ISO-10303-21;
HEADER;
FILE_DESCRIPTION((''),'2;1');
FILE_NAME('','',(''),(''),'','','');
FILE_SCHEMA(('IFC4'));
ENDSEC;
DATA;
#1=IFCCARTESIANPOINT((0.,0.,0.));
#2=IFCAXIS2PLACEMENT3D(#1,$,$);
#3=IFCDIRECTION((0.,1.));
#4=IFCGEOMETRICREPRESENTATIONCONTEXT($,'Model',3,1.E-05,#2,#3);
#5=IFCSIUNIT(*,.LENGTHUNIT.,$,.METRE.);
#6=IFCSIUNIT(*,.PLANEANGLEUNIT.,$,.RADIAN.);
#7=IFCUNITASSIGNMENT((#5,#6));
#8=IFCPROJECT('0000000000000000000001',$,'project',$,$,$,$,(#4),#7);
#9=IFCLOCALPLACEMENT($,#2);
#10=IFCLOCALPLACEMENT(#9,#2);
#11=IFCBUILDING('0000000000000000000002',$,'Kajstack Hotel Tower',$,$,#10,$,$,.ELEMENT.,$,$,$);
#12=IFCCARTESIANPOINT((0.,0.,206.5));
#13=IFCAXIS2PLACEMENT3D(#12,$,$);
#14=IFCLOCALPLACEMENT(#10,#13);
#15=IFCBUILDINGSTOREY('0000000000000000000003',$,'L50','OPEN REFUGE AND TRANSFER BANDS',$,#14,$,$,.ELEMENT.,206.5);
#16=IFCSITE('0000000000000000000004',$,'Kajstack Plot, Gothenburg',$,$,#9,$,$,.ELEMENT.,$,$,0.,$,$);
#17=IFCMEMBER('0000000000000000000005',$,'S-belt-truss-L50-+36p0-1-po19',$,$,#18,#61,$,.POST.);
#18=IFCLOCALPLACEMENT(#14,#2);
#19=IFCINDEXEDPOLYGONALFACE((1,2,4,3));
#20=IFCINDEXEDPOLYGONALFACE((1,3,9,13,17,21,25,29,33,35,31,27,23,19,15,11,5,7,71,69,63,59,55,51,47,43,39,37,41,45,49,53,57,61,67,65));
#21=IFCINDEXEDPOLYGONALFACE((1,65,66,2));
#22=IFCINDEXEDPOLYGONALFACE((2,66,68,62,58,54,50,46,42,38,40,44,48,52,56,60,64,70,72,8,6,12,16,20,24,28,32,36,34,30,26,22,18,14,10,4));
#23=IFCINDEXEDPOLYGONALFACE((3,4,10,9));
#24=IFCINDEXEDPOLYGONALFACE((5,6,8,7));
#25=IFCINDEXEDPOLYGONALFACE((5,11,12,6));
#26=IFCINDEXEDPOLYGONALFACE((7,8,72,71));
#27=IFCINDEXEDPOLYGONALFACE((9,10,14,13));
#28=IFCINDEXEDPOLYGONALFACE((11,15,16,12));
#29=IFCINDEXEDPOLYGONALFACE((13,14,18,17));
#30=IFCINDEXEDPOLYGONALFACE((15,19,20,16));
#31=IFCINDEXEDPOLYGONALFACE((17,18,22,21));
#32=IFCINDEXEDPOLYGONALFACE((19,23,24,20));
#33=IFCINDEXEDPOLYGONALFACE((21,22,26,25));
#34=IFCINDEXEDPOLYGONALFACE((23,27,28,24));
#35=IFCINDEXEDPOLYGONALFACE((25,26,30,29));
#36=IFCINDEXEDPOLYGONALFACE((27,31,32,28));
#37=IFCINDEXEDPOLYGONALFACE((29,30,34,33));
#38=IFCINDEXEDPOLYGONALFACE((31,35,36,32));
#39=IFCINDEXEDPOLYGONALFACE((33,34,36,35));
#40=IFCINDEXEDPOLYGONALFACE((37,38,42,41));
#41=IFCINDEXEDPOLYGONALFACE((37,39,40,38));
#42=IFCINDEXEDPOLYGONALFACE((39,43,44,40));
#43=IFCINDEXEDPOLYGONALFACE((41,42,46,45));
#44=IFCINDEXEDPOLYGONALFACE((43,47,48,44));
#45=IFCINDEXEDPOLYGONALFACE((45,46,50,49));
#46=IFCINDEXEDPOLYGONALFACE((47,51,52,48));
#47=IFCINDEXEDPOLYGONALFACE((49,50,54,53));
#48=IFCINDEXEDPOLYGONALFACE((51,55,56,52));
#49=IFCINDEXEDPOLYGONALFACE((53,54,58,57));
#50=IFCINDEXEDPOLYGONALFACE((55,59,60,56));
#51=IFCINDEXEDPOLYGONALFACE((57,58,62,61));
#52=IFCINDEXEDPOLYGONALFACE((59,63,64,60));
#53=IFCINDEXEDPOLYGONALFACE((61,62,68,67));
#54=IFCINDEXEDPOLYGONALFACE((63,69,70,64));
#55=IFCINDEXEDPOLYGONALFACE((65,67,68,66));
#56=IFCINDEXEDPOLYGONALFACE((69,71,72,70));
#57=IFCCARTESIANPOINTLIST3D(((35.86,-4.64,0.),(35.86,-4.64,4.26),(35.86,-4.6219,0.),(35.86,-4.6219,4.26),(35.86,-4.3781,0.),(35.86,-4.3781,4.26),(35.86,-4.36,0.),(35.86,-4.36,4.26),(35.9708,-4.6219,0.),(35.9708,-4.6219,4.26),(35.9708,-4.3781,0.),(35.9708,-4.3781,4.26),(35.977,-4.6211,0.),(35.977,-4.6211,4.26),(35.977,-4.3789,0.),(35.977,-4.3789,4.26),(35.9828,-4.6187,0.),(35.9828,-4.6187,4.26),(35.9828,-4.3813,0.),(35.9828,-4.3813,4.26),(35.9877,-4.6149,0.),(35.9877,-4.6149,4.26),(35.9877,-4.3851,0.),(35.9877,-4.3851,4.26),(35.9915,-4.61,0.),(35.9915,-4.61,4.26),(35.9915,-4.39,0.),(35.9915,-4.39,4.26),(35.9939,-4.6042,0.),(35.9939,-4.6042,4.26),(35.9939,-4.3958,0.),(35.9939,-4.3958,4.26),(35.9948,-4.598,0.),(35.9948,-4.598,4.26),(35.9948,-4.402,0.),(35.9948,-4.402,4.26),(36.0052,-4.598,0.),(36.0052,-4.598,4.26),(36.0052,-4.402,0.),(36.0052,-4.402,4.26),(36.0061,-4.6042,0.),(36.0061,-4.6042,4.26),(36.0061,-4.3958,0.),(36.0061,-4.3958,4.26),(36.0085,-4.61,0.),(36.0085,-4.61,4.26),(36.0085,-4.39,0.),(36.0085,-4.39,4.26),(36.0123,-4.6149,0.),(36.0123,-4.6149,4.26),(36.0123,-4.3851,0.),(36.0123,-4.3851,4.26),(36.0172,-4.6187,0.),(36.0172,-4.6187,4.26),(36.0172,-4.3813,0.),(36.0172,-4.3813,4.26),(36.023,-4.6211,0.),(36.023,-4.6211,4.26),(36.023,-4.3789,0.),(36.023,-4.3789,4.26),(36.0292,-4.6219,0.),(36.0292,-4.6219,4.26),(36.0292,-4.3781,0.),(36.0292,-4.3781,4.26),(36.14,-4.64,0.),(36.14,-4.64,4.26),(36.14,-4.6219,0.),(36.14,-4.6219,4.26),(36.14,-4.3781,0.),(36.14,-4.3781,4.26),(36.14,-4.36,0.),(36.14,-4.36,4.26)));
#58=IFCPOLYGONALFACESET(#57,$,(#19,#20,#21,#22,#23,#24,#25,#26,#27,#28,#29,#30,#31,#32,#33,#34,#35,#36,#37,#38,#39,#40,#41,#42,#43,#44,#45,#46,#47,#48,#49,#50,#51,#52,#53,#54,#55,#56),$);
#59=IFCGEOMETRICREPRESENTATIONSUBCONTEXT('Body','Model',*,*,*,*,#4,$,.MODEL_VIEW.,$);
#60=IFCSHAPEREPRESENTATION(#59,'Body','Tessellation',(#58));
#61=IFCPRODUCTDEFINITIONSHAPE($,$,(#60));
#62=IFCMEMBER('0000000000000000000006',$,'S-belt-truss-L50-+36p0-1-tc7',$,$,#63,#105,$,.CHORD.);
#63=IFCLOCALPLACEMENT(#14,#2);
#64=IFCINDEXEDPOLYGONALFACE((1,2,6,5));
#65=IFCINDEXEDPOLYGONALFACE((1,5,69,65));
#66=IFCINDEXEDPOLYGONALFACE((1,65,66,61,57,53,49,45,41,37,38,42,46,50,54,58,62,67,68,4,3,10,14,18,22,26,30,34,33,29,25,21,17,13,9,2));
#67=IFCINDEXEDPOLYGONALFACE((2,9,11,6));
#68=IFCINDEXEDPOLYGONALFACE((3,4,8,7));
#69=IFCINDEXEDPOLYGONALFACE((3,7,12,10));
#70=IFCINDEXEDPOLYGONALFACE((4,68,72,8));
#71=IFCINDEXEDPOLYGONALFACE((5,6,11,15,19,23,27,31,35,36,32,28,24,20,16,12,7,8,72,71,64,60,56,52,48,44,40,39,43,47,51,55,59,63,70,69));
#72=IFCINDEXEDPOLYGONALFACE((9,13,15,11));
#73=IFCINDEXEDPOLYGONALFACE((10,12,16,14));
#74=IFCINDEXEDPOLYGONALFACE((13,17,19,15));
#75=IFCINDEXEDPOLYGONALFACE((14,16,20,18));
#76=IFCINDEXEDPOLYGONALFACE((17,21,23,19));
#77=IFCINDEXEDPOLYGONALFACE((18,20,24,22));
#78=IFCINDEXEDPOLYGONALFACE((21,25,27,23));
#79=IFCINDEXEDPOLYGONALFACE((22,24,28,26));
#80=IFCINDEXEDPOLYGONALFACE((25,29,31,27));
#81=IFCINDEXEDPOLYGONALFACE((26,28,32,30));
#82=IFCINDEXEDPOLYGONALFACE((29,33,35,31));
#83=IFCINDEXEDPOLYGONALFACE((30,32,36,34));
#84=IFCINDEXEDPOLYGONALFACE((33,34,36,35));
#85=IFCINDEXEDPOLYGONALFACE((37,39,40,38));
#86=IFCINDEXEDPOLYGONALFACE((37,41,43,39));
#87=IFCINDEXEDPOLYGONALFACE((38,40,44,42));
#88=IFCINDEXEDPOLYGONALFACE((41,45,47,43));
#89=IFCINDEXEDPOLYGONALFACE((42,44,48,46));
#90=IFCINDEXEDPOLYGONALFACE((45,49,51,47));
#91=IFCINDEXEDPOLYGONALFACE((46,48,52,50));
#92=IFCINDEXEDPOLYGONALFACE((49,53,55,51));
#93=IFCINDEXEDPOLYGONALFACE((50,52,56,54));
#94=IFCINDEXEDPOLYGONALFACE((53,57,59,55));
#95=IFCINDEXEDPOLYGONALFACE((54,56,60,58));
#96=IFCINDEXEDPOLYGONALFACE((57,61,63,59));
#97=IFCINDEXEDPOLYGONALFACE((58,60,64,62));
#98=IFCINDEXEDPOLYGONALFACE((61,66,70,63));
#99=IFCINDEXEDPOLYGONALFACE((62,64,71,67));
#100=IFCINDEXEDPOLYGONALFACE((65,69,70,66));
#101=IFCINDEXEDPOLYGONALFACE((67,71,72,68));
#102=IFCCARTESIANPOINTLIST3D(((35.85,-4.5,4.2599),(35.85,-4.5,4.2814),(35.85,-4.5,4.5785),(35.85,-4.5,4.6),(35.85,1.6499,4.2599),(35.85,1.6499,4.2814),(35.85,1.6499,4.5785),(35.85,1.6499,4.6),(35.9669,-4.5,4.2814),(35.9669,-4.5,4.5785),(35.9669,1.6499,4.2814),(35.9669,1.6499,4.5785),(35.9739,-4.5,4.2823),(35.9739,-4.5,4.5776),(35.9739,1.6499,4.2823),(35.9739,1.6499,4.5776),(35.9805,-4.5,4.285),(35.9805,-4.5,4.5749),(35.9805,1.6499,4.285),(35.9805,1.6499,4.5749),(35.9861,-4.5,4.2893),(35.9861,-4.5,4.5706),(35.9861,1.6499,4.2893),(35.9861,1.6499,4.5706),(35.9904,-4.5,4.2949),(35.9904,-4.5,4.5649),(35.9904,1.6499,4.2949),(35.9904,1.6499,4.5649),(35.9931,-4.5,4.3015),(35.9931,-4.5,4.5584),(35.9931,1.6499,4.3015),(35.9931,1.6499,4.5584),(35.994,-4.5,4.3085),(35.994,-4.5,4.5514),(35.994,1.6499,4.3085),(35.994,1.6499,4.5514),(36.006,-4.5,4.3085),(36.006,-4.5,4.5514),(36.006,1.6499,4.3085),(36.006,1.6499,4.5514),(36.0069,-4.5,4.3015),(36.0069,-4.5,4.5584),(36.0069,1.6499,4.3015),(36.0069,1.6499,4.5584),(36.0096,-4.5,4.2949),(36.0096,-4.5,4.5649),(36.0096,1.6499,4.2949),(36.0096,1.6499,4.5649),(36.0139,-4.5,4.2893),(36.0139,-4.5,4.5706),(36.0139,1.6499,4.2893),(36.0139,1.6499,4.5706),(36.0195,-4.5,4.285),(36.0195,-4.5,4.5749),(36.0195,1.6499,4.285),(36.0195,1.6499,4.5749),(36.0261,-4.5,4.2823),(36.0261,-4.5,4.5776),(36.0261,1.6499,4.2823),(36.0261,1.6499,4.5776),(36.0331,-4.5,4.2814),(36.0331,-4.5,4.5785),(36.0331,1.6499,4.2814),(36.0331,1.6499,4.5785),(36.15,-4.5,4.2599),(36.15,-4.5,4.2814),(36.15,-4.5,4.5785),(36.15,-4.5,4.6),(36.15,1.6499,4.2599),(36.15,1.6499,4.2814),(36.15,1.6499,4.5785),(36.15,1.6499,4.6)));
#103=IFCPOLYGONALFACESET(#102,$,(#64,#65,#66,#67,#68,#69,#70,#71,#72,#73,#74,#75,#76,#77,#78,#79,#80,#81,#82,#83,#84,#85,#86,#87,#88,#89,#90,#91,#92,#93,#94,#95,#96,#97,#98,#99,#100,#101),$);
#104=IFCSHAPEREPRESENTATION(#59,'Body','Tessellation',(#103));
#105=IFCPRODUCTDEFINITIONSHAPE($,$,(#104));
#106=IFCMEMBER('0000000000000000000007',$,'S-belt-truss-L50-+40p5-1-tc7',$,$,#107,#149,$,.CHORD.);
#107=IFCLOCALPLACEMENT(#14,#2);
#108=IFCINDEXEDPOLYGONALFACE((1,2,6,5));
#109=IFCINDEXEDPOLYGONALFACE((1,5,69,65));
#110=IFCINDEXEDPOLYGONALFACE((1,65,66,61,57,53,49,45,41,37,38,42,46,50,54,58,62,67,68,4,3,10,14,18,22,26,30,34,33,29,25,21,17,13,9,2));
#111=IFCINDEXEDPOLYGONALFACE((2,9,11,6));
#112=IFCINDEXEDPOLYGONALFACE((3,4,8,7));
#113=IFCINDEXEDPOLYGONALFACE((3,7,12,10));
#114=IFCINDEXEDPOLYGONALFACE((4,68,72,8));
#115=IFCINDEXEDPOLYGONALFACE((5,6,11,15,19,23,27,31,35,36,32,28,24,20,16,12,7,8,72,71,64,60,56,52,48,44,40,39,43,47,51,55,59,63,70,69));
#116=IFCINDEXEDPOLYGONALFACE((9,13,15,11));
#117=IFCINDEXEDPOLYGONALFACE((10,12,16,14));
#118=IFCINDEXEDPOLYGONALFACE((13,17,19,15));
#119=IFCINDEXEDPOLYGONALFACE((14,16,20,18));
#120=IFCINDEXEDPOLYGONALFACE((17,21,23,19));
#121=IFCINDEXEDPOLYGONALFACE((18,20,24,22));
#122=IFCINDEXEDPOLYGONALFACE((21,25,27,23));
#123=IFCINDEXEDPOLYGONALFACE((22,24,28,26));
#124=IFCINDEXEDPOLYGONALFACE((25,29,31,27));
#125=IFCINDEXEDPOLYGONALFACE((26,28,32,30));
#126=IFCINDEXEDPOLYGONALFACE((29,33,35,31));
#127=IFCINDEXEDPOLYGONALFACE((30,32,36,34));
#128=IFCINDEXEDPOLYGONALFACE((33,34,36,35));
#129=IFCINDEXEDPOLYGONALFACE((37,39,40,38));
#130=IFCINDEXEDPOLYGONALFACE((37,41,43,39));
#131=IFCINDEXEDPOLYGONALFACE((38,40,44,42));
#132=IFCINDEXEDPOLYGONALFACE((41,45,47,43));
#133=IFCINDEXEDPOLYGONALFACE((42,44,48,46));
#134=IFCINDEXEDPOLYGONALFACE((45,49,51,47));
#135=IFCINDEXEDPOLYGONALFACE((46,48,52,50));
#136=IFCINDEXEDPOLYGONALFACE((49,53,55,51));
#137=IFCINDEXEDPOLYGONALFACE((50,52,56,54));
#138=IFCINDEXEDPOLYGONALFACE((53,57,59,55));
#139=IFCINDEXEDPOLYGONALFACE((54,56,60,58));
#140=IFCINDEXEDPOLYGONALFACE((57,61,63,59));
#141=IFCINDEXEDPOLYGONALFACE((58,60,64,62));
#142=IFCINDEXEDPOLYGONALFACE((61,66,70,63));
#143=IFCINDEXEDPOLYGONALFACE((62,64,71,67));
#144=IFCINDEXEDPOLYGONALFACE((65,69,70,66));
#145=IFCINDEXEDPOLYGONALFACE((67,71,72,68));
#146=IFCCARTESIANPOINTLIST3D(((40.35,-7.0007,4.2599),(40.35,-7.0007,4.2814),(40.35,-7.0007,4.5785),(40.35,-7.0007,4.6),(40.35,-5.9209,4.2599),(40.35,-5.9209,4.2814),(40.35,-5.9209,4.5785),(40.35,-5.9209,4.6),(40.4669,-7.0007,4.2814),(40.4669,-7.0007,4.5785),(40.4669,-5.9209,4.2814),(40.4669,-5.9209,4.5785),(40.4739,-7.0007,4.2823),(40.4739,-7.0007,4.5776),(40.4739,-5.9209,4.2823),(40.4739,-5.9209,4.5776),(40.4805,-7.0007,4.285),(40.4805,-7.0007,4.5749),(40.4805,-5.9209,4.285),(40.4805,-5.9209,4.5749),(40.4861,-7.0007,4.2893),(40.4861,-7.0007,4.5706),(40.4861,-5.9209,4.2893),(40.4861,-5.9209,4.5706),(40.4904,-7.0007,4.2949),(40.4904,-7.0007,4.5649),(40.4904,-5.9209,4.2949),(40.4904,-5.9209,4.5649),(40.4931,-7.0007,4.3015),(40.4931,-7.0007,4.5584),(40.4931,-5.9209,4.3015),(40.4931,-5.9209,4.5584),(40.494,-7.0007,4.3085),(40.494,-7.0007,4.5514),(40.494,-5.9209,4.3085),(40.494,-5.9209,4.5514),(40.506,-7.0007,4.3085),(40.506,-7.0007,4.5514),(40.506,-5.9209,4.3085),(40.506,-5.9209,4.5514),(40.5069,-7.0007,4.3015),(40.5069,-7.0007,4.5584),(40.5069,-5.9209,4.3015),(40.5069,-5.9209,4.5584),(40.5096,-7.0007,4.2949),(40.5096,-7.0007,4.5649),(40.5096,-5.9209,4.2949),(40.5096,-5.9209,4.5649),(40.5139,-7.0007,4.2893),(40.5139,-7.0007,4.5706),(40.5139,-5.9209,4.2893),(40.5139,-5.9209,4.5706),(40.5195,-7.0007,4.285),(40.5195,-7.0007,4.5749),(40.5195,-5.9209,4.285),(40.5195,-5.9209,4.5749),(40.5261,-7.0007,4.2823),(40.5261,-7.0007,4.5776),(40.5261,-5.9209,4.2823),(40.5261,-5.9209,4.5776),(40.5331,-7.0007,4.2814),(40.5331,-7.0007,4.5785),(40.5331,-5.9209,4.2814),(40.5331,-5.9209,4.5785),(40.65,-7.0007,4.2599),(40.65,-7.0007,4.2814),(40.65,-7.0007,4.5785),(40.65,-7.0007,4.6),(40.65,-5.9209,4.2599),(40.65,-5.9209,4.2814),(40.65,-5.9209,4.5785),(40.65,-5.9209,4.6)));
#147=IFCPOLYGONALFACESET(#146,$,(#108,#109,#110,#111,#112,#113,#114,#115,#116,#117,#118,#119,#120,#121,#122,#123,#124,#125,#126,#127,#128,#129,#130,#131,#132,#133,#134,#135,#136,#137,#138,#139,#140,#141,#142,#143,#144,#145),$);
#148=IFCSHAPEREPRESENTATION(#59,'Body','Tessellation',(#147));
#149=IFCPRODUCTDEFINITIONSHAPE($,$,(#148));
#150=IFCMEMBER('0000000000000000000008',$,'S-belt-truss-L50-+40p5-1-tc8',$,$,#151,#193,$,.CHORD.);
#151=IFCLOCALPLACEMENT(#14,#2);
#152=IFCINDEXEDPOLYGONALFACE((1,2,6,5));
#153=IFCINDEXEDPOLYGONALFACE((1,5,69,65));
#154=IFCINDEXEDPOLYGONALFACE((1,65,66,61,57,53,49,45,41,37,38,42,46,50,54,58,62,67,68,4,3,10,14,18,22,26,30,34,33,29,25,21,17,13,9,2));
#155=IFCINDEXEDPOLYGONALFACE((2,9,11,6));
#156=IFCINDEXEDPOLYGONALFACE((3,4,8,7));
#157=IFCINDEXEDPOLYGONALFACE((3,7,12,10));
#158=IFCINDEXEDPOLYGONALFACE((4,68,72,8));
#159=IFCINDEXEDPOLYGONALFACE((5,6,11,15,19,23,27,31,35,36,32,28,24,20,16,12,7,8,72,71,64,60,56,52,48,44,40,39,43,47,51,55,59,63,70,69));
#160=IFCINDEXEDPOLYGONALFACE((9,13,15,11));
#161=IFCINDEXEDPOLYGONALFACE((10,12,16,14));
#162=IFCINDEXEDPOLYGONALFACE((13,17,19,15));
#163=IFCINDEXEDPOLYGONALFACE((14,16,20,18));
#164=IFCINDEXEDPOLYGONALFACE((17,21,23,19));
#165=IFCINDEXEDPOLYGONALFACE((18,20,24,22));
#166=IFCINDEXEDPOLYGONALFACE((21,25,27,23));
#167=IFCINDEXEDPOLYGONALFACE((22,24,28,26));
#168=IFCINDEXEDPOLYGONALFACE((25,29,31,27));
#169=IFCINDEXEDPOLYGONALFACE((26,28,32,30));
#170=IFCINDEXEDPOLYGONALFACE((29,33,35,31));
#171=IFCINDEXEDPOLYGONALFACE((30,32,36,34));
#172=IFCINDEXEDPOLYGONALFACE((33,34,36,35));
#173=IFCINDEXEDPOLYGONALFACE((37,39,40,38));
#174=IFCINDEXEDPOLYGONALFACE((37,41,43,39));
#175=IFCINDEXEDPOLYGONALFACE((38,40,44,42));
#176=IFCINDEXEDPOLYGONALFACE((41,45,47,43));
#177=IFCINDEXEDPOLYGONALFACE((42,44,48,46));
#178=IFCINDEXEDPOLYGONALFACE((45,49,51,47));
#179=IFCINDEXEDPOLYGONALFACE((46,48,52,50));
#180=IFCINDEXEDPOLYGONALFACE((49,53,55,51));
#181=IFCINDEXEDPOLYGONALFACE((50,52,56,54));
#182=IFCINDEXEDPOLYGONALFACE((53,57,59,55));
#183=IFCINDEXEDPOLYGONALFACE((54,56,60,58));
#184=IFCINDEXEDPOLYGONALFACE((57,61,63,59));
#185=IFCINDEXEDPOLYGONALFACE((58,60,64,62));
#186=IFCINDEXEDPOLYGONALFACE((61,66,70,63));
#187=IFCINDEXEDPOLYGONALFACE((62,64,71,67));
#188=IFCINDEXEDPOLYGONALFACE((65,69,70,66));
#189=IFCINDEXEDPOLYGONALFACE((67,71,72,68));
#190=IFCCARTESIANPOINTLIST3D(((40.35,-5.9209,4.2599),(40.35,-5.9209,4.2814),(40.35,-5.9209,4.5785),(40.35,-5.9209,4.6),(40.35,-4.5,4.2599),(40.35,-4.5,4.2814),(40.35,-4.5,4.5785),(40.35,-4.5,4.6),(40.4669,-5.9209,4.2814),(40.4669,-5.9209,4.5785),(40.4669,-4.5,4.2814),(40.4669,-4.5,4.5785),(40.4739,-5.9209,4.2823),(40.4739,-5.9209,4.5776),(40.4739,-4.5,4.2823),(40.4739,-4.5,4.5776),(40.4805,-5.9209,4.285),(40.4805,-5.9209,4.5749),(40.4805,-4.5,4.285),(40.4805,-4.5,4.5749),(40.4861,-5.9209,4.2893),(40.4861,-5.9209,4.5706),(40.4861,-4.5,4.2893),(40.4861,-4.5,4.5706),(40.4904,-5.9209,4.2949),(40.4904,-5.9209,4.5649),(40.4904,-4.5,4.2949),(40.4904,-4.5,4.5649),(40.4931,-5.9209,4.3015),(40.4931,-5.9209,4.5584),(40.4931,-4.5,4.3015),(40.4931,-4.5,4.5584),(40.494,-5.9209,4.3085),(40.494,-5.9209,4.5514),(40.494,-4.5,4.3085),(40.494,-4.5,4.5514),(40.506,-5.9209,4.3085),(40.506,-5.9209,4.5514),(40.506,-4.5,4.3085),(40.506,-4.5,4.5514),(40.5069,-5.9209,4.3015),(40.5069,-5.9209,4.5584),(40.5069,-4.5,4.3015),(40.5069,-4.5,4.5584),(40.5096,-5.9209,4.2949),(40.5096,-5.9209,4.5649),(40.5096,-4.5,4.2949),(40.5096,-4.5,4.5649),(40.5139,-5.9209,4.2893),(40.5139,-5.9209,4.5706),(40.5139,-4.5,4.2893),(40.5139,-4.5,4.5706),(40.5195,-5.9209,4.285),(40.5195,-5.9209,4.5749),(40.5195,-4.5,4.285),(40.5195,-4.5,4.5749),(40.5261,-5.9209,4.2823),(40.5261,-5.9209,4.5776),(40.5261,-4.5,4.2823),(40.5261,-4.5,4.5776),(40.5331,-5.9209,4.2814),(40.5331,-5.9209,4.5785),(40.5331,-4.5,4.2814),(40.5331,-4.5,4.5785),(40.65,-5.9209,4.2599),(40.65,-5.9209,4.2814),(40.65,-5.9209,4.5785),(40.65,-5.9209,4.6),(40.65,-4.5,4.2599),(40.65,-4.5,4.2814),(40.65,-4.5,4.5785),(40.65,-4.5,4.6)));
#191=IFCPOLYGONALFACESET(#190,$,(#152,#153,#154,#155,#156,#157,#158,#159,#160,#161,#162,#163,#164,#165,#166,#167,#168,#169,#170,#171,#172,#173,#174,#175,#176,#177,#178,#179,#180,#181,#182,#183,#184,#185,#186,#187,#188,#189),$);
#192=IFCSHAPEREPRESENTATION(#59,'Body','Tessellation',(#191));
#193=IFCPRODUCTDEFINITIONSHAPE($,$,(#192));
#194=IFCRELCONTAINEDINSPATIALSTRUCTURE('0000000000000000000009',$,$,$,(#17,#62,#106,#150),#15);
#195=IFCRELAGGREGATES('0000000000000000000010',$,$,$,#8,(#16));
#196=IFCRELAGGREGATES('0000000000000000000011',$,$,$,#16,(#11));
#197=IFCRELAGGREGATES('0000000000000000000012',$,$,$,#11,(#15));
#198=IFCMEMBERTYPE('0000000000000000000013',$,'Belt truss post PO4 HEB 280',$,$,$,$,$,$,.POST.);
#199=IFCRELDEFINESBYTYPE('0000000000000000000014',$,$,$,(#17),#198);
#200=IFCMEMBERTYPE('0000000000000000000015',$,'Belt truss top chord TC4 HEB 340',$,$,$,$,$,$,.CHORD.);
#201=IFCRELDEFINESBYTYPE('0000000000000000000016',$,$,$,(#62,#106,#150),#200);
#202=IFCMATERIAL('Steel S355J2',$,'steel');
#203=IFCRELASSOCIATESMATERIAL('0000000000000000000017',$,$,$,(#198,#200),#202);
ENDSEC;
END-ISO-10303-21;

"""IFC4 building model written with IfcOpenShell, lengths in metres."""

from ifc_helpers import new_model, si_unit, direction, frame, origin, origin_2d, place, context, subcontext, project, spatial, i_section, extrude, material, material_profile, profile_set, type_object, element, save


model = new_model("IFC4")

# Units and contexts
model_context = context("Model", 3, precision=1e-05, world=origin(), true_north=direction((0.0, 1.0)))
body_context = subcontext(model_context, "Body", "Model", "MODEL_VIEW")
ifc_project = project(units=[si_unit("LENGTHUNIT", "METRE"), si_unit("PLANEANGLEUNIT", "RADIAN")], contexts=[model_context])

# Site, building, storey
site_placement = place(None, origin())
site = spatial("IfcSite", under=ifc_project, at=site_placement, Name="Kajstack Plot, Gothenburg", CompositionType="ELEMENT", RefElevation=0.0)
building_placement = place(site_placement, origin())
building = spatial("IfcBuilding", under=site, at=building_placement, Name="Kajstack Hotel Tower", CompositionType="ELEMENT")
storey_placement = place(building_placement, frame((0.0, 0.0, 206.5)))
storey = spatial("IfcBuildingStorey", under=building, at=storey_placement, Name="L50", Description="OPEN REFUGE AND TRANSFER BANDS", CompositionType="ELEMENT", Elevation=206.5)

# Members
ifc_material = material(Name="Steel S355J2", Category="steel")
ifc_material_profile_1 = material_profile(ifc_material, i_section(OverallWidth=0.28, OverallDepth=0.28, WebThickness=0.0105, FlangeThickness=0.0181, FilletRadius=0.0239, at=origin_2d()), Name="HEB 280")
ifc_profile_set_1 = profile_set([ifc_material_profile_1], Name="Steel S355J2")
member_type_1 = type_object("IfcMemberType", Name="Belt truss post PO4 HEB 280", PredefinedType="POST", material=ifc_profile_set_1)
member_1_placement = place(storey_placement, frame((36.0, -4.5, 0.0), z_axis=(0.0, 0.0, 1.0), x_axis=(1.0, 0.0, 0.0)))
element("IfcMember", 1, at=member_1_placement, inside=storey, type_object=member_type_1, Name="S-belt-truss-L50-+36p0-1-po19", PredefinedType="POST", context=body_context, shape_type="SweptSolid", body=[
    extrude(i_section(OverallWidth=0.28, OverallDepth=0.28, WebThickness=0.0105, FlangeThickness=0.0181, FilletRadius=0.0239, at=origin_2d()), origin(), (0.0, 0.0, 1.0), 4.26),
])
ifc_material_profile_2 = material_profile(ifc_material, i_section(OverallWidth=0.3, OverallDepth=0.3401, WebThickness=0.012, FlangeThickness=0.0215, FilletRadius=0.0271, at=origin_2d()), Name="HEB 340")
ifc_profile_set_2 = profile_set([ifc_material_profile_2], Name="Steel S355J2")
member_type_2 = type_object("IfcMemberType", Name="Belt truss top chord TC4 HEB 340", PredefinedType="CHORD", material=ifc_profile_set_2)
member_2_placement = place(storey_placement, frame((36.0, -4.5, 4.4299), z_axis=(0.0, 1.0, 0.0), x_axis=(-1.0, 0.0, 0.0)))
element("IfcMember", 2, at=member_2_placement, inside=storey, type_object=member_type_2, Name="S-belt-truss-L50-+36p0-1-tc7", PredefinedType="CHORD", context=body_context, shape_type="SweptSolid", body=[
    extrude(i_section(OverallWidth=0.3, OverallDepth=0.3401, WebThickness=0.012, FlangeThickness=0.0215, FilletRadius=0.0271, at=origin_2d()), origin(), (0.0, 0.0, 1.0), 6.1499),
])
member_3_placement = place(storey_placement, frame((40.5, -7.0007, 4.4299), z_axis=(0.0, 1.0, 0.0), x_axis=(-1.0, 0.0, 0.0)))
element("IfcMember", 3, at=member_3_placement, inside=storey, type_object=member_type_2, Name="S-belt-truss-L50-+40p5-1-tc7", PredefinedType="CHORD", context=body_context, shape_type="SweptSolid", body=[
    extrude(i_section(OverallWidth=0.3, OverallDepth=0.3401, WebThickness=0.012, FlangeThickness=0.0215, FilletRadius=0.0271, at=origin_2d()), origin(), (0.0, 0.0, 1.0), 1.0798),
])
member_4_placement = place(storey_placement, frame((40.5, -5.9209, 4.4299), z_axis=(0.0, 1.0, 0.0), x_axis=(-1.0, 0.0, 0.0)))
element("IfcMember", 4, at=member_4_placement, inside=storey, type_object=member_type_2, Name="S-belt-truss-L50-+40p5-1-tc8", PredefinedType="CHORD", context=body_context, shape_type="SweptSolid", body=[
    extrude(i_section(OverallWidth=0.3, OverallDepth=0.3401, WebThickness=0.012, FlangeThickness=0.0215, FilletRadius=0.0271, at=origin_2d()), origin(), (0.0, 0.0, 1.0), 1.4209),
])

save(model, "model.ifc")
